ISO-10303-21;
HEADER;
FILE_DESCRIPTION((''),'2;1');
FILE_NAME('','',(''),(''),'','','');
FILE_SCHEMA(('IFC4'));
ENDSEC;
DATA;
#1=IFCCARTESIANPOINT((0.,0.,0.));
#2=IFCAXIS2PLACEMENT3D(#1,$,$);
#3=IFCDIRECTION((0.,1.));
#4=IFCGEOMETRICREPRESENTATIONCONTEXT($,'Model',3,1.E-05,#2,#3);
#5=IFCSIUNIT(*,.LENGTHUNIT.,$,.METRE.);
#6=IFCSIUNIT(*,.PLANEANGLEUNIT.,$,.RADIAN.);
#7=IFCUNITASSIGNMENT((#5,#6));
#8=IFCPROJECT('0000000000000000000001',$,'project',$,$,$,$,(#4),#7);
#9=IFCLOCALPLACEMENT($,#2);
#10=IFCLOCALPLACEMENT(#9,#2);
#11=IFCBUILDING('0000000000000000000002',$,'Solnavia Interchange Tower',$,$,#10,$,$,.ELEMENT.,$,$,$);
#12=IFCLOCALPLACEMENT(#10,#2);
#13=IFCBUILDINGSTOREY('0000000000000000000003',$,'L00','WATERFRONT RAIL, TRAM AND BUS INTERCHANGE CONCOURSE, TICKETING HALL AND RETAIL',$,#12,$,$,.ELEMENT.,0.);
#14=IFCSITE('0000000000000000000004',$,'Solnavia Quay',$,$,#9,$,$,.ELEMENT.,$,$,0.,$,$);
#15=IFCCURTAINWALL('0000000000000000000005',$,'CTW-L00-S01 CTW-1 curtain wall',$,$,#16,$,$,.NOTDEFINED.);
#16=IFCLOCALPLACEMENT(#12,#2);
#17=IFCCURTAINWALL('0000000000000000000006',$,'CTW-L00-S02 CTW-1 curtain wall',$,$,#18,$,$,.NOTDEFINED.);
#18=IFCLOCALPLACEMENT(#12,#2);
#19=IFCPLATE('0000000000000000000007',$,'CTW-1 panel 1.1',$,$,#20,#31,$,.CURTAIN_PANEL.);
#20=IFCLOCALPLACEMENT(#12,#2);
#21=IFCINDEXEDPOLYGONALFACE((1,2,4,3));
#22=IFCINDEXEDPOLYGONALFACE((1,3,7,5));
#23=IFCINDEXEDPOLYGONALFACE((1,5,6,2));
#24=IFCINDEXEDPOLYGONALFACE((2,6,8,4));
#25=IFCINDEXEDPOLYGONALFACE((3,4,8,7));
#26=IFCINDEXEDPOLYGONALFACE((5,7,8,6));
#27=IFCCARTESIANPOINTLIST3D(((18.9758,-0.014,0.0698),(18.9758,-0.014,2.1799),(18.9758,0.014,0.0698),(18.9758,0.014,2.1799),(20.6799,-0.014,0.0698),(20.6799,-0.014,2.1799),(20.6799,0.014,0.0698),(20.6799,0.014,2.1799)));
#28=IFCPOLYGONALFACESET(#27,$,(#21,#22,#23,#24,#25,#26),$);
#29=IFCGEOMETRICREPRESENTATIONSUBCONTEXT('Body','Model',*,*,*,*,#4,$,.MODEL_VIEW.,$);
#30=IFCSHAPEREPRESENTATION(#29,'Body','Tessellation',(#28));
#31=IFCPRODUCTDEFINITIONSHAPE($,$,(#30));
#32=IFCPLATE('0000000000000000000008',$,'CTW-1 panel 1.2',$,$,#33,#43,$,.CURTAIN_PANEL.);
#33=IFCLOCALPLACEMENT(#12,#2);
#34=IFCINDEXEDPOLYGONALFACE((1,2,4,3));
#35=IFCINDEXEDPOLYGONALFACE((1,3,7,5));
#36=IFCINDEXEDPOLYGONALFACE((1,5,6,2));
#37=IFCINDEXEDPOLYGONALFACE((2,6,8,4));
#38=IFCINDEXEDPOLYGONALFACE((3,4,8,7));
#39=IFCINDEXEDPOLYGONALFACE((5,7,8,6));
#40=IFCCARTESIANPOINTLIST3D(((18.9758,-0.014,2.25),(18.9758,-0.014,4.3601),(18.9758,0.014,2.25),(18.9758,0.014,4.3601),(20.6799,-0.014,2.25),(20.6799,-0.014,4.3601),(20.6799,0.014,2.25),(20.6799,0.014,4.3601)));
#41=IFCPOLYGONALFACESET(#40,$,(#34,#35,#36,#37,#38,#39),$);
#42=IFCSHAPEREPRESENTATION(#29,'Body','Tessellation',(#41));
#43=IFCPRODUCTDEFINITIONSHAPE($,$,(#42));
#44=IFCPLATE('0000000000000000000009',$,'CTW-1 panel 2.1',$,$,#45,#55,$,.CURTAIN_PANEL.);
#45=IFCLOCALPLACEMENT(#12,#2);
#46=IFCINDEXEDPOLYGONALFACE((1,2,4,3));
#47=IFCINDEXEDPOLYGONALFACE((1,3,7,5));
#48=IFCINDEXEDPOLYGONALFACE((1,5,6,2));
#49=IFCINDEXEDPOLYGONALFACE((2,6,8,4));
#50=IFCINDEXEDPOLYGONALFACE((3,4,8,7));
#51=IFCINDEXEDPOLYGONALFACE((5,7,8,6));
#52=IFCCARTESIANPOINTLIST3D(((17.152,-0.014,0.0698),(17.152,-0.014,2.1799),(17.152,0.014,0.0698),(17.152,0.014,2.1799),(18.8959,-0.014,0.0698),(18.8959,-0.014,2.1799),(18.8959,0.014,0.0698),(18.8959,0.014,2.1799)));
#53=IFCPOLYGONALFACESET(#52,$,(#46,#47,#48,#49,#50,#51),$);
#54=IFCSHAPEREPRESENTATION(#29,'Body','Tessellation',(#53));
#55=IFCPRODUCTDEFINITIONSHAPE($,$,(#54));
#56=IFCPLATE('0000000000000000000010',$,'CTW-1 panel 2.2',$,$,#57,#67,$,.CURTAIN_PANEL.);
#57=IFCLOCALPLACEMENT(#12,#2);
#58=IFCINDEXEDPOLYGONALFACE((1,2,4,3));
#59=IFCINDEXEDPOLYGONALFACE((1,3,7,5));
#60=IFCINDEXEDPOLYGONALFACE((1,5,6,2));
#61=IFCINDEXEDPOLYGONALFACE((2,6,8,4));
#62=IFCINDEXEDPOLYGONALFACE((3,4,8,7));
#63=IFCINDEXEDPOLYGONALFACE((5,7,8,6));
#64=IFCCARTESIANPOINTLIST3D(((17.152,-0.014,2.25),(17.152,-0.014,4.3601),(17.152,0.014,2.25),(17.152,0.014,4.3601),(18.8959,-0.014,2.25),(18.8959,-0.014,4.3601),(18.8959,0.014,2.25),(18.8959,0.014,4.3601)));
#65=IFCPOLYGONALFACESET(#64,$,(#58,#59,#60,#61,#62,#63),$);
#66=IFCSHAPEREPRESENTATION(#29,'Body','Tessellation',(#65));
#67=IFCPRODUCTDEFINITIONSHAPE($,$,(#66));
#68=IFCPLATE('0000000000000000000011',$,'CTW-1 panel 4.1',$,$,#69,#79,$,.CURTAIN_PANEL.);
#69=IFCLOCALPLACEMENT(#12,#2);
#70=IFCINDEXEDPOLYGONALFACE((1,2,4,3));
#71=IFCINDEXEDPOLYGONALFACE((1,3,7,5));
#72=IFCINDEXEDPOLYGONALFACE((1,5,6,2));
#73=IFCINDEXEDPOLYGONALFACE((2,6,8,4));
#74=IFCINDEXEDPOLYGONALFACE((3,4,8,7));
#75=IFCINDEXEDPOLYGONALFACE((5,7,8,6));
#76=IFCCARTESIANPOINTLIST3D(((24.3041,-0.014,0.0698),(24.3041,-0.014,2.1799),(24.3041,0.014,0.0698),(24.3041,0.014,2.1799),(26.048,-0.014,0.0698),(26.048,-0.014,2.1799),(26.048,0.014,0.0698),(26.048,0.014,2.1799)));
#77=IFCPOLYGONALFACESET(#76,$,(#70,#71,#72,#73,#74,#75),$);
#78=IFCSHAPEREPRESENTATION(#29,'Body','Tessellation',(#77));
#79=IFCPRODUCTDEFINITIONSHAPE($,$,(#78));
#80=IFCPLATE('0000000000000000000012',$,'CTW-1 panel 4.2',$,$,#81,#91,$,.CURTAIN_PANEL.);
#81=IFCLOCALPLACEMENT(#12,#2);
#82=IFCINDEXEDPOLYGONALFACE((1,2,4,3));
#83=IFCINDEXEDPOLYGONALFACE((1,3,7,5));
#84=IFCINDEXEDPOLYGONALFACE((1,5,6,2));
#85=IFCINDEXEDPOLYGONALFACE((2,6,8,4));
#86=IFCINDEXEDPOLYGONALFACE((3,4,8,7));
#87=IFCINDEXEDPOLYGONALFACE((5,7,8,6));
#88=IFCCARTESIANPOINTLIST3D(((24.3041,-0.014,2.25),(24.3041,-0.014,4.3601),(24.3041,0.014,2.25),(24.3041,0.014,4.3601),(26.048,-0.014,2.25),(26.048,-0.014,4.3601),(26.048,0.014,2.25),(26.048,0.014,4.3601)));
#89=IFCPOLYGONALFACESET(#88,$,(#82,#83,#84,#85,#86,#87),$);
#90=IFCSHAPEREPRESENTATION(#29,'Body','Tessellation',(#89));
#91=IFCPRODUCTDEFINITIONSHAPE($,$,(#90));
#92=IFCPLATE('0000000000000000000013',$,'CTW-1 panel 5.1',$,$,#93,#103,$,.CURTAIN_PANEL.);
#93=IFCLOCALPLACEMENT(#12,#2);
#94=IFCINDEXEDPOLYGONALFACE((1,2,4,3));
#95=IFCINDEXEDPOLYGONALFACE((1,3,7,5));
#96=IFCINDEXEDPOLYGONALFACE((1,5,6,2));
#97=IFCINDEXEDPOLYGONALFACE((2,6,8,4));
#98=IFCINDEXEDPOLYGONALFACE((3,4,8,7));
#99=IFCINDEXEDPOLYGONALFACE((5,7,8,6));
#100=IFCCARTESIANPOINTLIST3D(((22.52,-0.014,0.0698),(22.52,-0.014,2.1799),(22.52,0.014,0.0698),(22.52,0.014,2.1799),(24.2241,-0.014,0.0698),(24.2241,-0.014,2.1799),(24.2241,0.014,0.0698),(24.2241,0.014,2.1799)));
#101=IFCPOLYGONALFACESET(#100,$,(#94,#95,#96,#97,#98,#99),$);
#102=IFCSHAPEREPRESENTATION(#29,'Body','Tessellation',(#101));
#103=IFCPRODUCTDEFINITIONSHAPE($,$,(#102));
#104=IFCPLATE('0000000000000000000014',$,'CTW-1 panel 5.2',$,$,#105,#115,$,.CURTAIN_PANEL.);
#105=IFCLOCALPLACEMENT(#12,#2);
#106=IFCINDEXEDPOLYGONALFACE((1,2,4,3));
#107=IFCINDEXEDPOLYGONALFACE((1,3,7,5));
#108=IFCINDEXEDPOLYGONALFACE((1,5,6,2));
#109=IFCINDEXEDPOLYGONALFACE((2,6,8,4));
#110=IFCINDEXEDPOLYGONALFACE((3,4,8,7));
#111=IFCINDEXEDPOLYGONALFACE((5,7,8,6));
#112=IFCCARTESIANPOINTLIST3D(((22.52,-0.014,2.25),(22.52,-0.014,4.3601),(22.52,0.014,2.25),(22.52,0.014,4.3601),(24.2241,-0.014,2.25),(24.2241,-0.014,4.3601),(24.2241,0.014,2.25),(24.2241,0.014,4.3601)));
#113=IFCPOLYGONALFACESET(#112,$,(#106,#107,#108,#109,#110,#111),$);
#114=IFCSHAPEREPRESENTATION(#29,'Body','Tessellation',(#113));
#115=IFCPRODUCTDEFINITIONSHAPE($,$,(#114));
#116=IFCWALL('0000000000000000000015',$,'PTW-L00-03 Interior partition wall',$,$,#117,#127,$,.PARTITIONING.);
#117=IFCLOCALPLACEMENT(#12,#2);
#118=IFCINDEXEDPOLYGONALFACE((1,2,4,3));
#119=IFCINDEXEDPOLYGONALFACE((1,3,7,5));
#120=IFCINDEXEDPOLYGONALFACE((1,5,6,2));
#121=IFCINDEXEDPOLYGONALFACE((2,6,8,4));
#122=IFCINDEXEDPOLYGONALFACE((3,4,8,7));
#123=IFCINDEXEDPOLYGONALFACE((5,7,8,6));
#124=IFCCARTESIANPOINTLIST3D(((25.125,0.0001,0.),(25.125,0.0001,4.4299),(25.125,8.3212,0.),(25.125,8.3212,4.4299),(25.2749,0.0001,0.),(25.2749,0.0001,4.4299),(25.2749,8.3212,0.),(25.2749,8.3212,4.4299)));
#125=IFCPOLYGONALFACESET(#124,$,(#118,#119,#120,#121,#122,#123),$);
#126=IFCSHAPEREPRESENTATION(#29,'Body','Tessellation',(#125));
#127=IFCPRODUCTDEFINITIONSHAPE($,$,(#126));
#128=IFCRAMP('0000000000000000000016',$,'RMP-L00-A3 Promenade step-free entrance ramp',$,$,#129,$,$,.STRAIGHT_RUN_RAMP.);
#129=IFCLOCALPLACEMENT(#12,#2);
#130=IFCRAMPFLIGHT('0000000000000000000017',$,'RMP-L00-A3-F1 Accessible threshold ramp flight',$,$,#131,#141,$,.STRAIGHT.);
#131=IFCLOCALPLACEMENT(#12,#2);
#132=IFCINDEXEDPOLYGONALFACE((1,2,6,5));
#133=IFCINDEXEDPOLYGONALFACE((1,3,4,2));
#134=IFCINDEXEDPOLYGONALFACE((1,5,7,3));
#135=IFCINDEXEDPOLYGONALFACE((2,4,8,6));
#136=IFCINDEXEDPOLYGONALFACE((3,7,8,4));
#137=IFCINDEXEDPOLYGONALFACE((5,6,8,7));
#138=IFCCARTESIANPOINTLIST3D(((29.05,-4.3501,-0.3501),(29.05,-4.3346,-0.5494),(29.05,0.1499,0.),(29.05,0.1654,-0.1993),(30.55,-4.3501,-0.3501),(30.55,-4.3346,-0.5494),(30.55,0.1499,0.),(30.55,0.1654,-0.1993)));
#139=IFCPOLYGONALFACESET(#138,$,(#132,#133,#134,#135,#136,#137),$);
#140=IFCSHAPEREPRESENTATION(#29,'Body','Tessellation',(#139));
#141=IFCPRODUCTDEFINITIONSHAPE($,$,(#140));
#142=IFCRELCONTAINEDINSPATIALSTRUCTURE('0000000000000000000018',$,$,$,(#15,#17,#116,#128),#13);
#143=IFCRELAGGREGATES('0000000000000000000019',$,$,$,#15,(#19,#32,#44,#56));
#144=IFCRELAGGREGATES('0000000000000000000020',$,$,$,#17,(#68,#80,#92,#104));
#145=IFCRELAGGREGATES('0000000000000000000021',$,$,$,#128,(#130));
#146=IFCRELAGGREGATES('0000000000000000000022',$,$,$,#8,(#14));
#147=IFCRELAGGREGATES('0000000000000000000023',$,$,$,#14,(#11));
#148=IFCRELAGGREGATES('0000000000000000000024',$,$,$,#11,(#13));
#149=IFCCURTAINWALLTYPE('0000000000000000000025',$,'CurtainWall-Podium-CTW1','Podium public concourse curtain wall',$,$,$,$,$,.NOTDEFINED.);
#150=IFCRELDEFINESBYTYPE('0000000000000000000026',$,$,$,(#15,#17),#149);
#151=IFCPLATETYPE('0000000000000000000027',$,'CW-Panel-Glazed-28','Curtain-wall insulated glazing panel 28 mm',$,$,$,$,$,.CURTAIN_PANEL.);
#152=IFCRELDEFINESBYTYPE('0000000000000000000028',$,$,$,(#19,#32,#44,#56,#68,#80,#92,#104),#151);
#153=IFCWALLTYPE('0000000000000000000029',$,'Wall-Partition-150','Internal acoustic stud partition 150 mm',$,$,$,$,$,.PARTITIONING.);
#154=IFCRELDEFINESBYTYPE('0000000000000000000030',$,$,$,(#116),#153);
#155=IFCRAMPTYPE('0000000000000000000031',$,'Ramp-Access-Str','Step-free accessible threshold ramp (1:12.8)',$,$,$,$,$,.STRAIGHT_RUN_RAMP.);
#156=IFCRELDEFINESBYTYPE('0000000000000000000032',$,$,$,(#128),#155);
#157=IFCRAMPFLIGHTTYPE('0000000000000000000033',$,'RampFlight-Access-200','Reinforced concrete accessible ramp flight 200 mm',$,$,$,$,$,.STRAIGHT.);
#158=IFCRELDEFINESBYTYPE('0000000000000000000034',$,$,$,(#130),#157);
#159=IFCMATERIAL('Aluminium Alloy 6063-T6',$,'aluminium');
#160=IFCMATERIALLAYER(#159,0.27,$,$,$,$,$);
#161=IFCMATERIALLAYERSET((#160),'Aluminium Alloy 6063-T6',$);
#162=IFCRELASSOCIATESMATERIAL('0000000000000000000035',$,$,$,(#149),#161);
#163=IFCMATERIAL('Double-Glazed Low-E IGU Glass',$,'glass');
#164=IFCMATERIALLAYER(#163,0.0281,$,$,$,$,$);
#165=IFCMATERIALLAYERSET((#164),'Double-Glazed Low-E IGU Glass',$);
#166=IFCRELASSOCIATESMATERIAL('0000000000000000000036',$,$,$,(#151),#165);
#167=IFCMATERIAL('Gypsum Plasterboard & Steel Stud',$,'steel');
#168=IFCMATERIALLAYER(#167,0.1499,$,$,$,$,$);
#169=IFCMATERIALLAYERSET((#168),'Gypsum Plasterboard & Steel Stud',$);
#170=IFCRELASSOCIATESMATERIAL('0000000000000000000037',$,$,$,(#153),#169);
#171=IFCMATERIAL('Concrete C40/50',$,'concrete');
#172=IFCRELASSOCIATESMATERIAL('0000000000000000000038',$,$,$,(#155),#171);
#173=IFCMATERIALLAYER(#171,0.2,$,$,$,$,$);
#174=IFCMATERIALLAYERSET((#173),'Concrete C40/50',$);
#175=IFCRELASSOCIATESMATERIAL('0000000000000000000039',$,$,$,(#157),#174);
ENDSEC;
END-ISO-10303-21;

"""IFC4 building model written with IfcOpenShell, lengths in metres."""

from ifc_helpers import new_model, si_unit, direction, frame, frame_2d, origin, origin_2d, place, context, subcontext, project, spatial, polyline, rectangle, outline, extrude, material, layer, layer_set, type_object, element, aggregate, save


model = new_model("IFC4")

# Units and contexts
model_context = context("Model", 3, precision=1e-05, world=origin(), true_north=direction((0.0, 1.0)))
body_context = subcontext(model_context, "Body", "Model", "MODEL_VIEW")
ifc_project = project(units=[si_unit("LENGTHUNIT", "METRE"), si_unit("PLANEANGLEUNIT", "RADIAN")], contexts=[model_context])

# Site, building, storey
site_placement = place(None, origin())
site = spatial("IfcSite", under=ifc_project, at=site_placement, Name="Solnavia Quay", CompositionType="ELEMENT", RefElevation=0.0)
building_placement = place(site_placement, origin())
building = spatial("IfcBuilding", under=site, at=building_placement, Name="Solnavia Interchange Tower", CompositionType="ELEMENT")
storey_placement = place(building_placement, origin())
storey = spatial("IfcBuildingStorey", under=building, at=storey_placement, Name="L00", Description="WATERFRONT RAIL, TRAM AND BUS INTERCHANGE CONCOURSE, TICKETING HALL AND RETAIL", CompositionType="ELEMENT", Elevation=0.0)

# Curtain walls
ifc_material_1 = material(Name="Aluminium Alloy 6063-T6", Category="aluminium")
ifc_layer_1 = layer(ifc_material_1, 0.27)
ifc_layer_set_1 = layer_set([ifc_layer_1], Name="Aluminium Alloy 6063-T6")
curtain_wall_type = type_object("IfcCurtainWallType", Name="CurtainWall-Podium-CTW1", Description="Podium public concourse curtain wall", PredefinedType="NOTDEFINED", material=ifc_layer_set_1)
curtain_wall_1_placement = place(storey_placement, origin())
curtain_wall_1 = element("IfcCurtainWall", 1, at=curtain_wall_1_placement, inside=storey, type_object=curtain_wall_type, Name="CTW-L00-S01 CTW-1 curtain wall", PredefinedType="NOTDEFINED")
curtain_wall_2_placement = place(storey_placement, origin())
curtain_wall_2 = element("IfcCurtainWall", 2, at=curtain_wall_2_placement, inside=storey, type_object=curtain_wall_type, Name="CTW-L00-S02 CTW-1 curtain wall", PredefinedType="NOTDEFINED")

# Plates
ifc_material_2 = material(Name="Double-Glazed Low-E IGU Glass", Category="glass")
ifc_layer_2 = layer(ifc_material_2, 0.0281)
ifc_layer_set_2 = layer_set([ifc_layer_2], Name="Double-Glazed Low-E IGU Glass")
plate_type = type_object("IfcPlateType", Name="CW-Panel-Glazed-28", Description="Curtain-wall insulated glazing panel 28 mm", PredefinedType="CURTAIN_PANEL", material=ifc_layer_set_2)
plate_1_placement = place(storey_placement, frame((19.8279, 0.0, 0.0698), z_axis=(0.0, 0.0, 1.0), x_axis=(-1.0, 0.0, 0.0)))
plate_1 = element("IfcPlate", 3, at=plate_1_placement, type_object=plate_type, Name="CTW-1 panel 1.1", PredefinedType="CURTAIN_PANEL", context=body_context, shape_type="SweptSolid", body=[
    extrude(rectangle(XDim=1.7041, YDim=0.0281, at=origin_2d()), origin(), (0.0, 0.0, 1.0), 2.1101),
])
plate_2_placement = place(storey_placement, frame((19.8279, 0.0, 2.25), z_axis=(0.0, 0.0, 1.0), x_axis=(-1.0, 0.0, 0.0)))
plate_2 = element("IfcPlate", 4, at=plate_2_placement, type_object=plate_type, Name="CTW-1 panel 1.2", PredefinedType="CURTAIN_PANEL", context=body_context, shape_type="SweptSolid", body=[
    extrude(rectangle(XDim=1.7041, YDim=0.0281, at=origin_2d()), origin(), (0.0, 0.0, 1.0), 2.1101),
])
plate_3_placement = place(storey_placement, frame((18.0239, 0.0, 0.0698), z_axis=(0.0, 0.0, 1.0), x_axis=(-1.0, 0.0, 0.0)))
plate_3 = element("IfcPlate", 5, at=plate_3_placement, type_object=plate_type, Name="CTW-1 panel 2.1", PredefinedType="CURTAIN_PANEL", context=body_context, shape_type="SweptSolid", body=[
    extrude(rectangle(XDim=1.7439, YDim=0.0281, at=origin_2d()), origin(), (0.0, 0.0, 1.0), 2.1101),
])
plate_4_placement = place(storey_placement, frame((18.0239, 0.0, 2.25), z_axis=(0.0, 0.0, 1.0), x_axis=(-1.0, 0.0, 0.0)))
plate_4 = element("IfcPlate", 6, at=plate_4_placement, type_object=plate_type, Name="CTW-1 panel 2.2", PredefinedType="CURTAIN_PANEL", context=body_context, shape_type="SweptSolid", body=[
    extrude(rectangle(XDim=1.7439, YDim=0.0281, at=origin_2d()), origin(), (0.0, 0.0, 1.0), 2.1101),
])
aggregate(curtain_wall_1, [plate_1, plate_2, plate_3, plate_4])
plate_5_placement = place(storey_placement, frame((25.176, 0.0, 0.0698), z_axis=(0.0, 0.0, 1.0), x_axis=(-1.0, 0.0, 0.0)))
plate_5 = element("IfcPlate", 7, at=plate_5_placement, type_object=plate_type, Name="CTW-1 panel 4.1", PredefinedType="CURTAIN_PANEL", context=body_context, shape_type="SweptSolid", body=[
    extrude(rectangle(XDim=1.7439, YDim=0.0281, at=origin_2d()), origin(), (0.0, 0.0, 1.0), 2.1101),
])
plate_6_placement = place(storey_placement, frame((25.176, 0.0, 2.25), z_axis=(0.0, 0.0, 1.0), x_axis=(-1.0, 0.0, 0.0)))
plate_6 = element("IfcPlate", 8, at=plate_6_placement, type_object=plate_type, Name="CTW-1 panel 4.2", PredefinedType="CURTAIN_PANEL", context=body_context, shape_type="SweptSolid", body=[
    extrude(rectangle(XDim=1.7439, YDim=0.0281, at=origin_2d()), origin(), (0.0, 0.0, 1.0), 2.1101),
])
plate_7_placement = place(storey_placement, frame((23.3721, 0.0, 0.0698), z_axis=(0.0, 0.0, 1.0), x_axis=(-1.0, 0.0, 0.0)))
plate_7 = element("IfcPlate", 9, at=plate_7_placement, type_object=plate_type, Name="CTW-1 panel 5.1", PredefinedType="CURTAIN_PANEL", context=body_context, shape_type="SweptSolid", body=[
    extrude(rectangle(XDim=1.7041, YDim=0.0281, at=origin_2d()), origin(), (0.0, 0.0, 1.0), 2.1101),
])
plate_8_placement = place(storey_placement, frame((23.3721, 0.0, 2.25), z_axis=(0.0, 0.0, 1.0), x_axis=(-1.0, 0.0, 0.0)))
plate_8 = element("IfcPlate", 10, at=plate_8_placement, type_object=plate_type, Name="CTW-1 panel 5.2", PredefinedType="CURTAIN_PANEL", context=body_context, shape_type="SweptSolid", body=[
    extrude(rectangle(XDim=1.7041, YDim=0.0281, at=origin_2d()), origin(), (0.0, 0.0, 1.0), 2.1101),
])
aggregate(curtain_wall_2, [plate_5, plate_6, plate_7, plate_8])

# Wall
ifc_material_3 = material(Name="Gypsum Plasterboard & Steel Stud", Category="steel")
ifc_layer_3 = layer(ifc_material_3, 0.1499)
ifc_layer_set_3 = layer_set([ifc_layer_3], Name="Gypsum Plasterboard & Steel Stud")
wall_type = type_object("IfcWallType", Name="Wall-Partition-150", Description="Internal acoustic stud partition 150 mm", PredefinedType="PARTITIONING", material=ifc_layer_set_3)
wall_placement = place(storey_placement, frame((25.2, 0.0, 0.0), z_axis=(0.0, 0.0, 1.0), x_axis=(0.0, 1.0, 0.0)))
element("IfcWall", 11, at=wall_placement, inside=storey, type_object=wall_type, Name="PTW-L00-03 Interior partition wall", PredefinedType="PARTITIONING", context=body_context, shape_type="SweptSolid", body=[
    extrude(rectangle(XDim=8.321, YDim=0.1499, at=frame_2d((4.1606, 0.0))), origin(), (0.0, 0.0, 1.0), 4.4299),
])

# Ramp, ramp flight
ifc_material_4 = material(Name="Concrete C40/50", Category="concrete")
ramp_type = type_object("IfcRampType", Name="Ramp-Access-Str", Description="Step-free accessible threshold ramp (1:12.8)", PredefinedType="STRAIGHT_RUN_RAMP", material=ifc_material_4)
ramp_placement = place(storey_placement, origin())
ramp = element("IfcRamp", 12, at=ramp_placement, inside=storey, type_object=ramp_type, Name="RMP-L00-A3 Promenade step-free entrance ramp", PredefinedType="STRAIGHT_RUN_RAMP")
ifc_layer_4 = layer(ifc_material_4, 0.2)
ifc_layer_set_4 = layer_set([ifc_layer_4], Name="Concrete C40/50")
ramp_flight_type = type_object("IfcRampFlightType", Name="RampFlight-Access-200", Description="Reinforced concrete accessible ramp flight 200 mm", PredefinedType="STRAIGHT", material=ifc_layer_set_4)
ramp_flight_placement = place(storey_placement, frame((29.05, -4.3501, -0.3501), z_axis=(0.0, -0.077565, 0.996987), x_axis=(1.0, 0.0, 0.0)))
ramp_flight = element("IfcRampFlight", 13, at=ramp_flight_placement, type_object=ramp_flight_type, Name="RMP-L00-A3-F1 Accessible threshold ramp flight", PredefinedType="STRAIGHT", context=body_context, shape_type="SweptSolid", body=[
    extrude(outline(polyline([(0.0, 0.0), (1.5, 0.0), (1.5, 4.5136), (0.0, 4.5136), (0.0, 0.0)])), origin(), (0.0, 0.0, -1.0), 0.2),
])
aggregate(ramp, [ramp_flight])

save(model, "model.ifc")
